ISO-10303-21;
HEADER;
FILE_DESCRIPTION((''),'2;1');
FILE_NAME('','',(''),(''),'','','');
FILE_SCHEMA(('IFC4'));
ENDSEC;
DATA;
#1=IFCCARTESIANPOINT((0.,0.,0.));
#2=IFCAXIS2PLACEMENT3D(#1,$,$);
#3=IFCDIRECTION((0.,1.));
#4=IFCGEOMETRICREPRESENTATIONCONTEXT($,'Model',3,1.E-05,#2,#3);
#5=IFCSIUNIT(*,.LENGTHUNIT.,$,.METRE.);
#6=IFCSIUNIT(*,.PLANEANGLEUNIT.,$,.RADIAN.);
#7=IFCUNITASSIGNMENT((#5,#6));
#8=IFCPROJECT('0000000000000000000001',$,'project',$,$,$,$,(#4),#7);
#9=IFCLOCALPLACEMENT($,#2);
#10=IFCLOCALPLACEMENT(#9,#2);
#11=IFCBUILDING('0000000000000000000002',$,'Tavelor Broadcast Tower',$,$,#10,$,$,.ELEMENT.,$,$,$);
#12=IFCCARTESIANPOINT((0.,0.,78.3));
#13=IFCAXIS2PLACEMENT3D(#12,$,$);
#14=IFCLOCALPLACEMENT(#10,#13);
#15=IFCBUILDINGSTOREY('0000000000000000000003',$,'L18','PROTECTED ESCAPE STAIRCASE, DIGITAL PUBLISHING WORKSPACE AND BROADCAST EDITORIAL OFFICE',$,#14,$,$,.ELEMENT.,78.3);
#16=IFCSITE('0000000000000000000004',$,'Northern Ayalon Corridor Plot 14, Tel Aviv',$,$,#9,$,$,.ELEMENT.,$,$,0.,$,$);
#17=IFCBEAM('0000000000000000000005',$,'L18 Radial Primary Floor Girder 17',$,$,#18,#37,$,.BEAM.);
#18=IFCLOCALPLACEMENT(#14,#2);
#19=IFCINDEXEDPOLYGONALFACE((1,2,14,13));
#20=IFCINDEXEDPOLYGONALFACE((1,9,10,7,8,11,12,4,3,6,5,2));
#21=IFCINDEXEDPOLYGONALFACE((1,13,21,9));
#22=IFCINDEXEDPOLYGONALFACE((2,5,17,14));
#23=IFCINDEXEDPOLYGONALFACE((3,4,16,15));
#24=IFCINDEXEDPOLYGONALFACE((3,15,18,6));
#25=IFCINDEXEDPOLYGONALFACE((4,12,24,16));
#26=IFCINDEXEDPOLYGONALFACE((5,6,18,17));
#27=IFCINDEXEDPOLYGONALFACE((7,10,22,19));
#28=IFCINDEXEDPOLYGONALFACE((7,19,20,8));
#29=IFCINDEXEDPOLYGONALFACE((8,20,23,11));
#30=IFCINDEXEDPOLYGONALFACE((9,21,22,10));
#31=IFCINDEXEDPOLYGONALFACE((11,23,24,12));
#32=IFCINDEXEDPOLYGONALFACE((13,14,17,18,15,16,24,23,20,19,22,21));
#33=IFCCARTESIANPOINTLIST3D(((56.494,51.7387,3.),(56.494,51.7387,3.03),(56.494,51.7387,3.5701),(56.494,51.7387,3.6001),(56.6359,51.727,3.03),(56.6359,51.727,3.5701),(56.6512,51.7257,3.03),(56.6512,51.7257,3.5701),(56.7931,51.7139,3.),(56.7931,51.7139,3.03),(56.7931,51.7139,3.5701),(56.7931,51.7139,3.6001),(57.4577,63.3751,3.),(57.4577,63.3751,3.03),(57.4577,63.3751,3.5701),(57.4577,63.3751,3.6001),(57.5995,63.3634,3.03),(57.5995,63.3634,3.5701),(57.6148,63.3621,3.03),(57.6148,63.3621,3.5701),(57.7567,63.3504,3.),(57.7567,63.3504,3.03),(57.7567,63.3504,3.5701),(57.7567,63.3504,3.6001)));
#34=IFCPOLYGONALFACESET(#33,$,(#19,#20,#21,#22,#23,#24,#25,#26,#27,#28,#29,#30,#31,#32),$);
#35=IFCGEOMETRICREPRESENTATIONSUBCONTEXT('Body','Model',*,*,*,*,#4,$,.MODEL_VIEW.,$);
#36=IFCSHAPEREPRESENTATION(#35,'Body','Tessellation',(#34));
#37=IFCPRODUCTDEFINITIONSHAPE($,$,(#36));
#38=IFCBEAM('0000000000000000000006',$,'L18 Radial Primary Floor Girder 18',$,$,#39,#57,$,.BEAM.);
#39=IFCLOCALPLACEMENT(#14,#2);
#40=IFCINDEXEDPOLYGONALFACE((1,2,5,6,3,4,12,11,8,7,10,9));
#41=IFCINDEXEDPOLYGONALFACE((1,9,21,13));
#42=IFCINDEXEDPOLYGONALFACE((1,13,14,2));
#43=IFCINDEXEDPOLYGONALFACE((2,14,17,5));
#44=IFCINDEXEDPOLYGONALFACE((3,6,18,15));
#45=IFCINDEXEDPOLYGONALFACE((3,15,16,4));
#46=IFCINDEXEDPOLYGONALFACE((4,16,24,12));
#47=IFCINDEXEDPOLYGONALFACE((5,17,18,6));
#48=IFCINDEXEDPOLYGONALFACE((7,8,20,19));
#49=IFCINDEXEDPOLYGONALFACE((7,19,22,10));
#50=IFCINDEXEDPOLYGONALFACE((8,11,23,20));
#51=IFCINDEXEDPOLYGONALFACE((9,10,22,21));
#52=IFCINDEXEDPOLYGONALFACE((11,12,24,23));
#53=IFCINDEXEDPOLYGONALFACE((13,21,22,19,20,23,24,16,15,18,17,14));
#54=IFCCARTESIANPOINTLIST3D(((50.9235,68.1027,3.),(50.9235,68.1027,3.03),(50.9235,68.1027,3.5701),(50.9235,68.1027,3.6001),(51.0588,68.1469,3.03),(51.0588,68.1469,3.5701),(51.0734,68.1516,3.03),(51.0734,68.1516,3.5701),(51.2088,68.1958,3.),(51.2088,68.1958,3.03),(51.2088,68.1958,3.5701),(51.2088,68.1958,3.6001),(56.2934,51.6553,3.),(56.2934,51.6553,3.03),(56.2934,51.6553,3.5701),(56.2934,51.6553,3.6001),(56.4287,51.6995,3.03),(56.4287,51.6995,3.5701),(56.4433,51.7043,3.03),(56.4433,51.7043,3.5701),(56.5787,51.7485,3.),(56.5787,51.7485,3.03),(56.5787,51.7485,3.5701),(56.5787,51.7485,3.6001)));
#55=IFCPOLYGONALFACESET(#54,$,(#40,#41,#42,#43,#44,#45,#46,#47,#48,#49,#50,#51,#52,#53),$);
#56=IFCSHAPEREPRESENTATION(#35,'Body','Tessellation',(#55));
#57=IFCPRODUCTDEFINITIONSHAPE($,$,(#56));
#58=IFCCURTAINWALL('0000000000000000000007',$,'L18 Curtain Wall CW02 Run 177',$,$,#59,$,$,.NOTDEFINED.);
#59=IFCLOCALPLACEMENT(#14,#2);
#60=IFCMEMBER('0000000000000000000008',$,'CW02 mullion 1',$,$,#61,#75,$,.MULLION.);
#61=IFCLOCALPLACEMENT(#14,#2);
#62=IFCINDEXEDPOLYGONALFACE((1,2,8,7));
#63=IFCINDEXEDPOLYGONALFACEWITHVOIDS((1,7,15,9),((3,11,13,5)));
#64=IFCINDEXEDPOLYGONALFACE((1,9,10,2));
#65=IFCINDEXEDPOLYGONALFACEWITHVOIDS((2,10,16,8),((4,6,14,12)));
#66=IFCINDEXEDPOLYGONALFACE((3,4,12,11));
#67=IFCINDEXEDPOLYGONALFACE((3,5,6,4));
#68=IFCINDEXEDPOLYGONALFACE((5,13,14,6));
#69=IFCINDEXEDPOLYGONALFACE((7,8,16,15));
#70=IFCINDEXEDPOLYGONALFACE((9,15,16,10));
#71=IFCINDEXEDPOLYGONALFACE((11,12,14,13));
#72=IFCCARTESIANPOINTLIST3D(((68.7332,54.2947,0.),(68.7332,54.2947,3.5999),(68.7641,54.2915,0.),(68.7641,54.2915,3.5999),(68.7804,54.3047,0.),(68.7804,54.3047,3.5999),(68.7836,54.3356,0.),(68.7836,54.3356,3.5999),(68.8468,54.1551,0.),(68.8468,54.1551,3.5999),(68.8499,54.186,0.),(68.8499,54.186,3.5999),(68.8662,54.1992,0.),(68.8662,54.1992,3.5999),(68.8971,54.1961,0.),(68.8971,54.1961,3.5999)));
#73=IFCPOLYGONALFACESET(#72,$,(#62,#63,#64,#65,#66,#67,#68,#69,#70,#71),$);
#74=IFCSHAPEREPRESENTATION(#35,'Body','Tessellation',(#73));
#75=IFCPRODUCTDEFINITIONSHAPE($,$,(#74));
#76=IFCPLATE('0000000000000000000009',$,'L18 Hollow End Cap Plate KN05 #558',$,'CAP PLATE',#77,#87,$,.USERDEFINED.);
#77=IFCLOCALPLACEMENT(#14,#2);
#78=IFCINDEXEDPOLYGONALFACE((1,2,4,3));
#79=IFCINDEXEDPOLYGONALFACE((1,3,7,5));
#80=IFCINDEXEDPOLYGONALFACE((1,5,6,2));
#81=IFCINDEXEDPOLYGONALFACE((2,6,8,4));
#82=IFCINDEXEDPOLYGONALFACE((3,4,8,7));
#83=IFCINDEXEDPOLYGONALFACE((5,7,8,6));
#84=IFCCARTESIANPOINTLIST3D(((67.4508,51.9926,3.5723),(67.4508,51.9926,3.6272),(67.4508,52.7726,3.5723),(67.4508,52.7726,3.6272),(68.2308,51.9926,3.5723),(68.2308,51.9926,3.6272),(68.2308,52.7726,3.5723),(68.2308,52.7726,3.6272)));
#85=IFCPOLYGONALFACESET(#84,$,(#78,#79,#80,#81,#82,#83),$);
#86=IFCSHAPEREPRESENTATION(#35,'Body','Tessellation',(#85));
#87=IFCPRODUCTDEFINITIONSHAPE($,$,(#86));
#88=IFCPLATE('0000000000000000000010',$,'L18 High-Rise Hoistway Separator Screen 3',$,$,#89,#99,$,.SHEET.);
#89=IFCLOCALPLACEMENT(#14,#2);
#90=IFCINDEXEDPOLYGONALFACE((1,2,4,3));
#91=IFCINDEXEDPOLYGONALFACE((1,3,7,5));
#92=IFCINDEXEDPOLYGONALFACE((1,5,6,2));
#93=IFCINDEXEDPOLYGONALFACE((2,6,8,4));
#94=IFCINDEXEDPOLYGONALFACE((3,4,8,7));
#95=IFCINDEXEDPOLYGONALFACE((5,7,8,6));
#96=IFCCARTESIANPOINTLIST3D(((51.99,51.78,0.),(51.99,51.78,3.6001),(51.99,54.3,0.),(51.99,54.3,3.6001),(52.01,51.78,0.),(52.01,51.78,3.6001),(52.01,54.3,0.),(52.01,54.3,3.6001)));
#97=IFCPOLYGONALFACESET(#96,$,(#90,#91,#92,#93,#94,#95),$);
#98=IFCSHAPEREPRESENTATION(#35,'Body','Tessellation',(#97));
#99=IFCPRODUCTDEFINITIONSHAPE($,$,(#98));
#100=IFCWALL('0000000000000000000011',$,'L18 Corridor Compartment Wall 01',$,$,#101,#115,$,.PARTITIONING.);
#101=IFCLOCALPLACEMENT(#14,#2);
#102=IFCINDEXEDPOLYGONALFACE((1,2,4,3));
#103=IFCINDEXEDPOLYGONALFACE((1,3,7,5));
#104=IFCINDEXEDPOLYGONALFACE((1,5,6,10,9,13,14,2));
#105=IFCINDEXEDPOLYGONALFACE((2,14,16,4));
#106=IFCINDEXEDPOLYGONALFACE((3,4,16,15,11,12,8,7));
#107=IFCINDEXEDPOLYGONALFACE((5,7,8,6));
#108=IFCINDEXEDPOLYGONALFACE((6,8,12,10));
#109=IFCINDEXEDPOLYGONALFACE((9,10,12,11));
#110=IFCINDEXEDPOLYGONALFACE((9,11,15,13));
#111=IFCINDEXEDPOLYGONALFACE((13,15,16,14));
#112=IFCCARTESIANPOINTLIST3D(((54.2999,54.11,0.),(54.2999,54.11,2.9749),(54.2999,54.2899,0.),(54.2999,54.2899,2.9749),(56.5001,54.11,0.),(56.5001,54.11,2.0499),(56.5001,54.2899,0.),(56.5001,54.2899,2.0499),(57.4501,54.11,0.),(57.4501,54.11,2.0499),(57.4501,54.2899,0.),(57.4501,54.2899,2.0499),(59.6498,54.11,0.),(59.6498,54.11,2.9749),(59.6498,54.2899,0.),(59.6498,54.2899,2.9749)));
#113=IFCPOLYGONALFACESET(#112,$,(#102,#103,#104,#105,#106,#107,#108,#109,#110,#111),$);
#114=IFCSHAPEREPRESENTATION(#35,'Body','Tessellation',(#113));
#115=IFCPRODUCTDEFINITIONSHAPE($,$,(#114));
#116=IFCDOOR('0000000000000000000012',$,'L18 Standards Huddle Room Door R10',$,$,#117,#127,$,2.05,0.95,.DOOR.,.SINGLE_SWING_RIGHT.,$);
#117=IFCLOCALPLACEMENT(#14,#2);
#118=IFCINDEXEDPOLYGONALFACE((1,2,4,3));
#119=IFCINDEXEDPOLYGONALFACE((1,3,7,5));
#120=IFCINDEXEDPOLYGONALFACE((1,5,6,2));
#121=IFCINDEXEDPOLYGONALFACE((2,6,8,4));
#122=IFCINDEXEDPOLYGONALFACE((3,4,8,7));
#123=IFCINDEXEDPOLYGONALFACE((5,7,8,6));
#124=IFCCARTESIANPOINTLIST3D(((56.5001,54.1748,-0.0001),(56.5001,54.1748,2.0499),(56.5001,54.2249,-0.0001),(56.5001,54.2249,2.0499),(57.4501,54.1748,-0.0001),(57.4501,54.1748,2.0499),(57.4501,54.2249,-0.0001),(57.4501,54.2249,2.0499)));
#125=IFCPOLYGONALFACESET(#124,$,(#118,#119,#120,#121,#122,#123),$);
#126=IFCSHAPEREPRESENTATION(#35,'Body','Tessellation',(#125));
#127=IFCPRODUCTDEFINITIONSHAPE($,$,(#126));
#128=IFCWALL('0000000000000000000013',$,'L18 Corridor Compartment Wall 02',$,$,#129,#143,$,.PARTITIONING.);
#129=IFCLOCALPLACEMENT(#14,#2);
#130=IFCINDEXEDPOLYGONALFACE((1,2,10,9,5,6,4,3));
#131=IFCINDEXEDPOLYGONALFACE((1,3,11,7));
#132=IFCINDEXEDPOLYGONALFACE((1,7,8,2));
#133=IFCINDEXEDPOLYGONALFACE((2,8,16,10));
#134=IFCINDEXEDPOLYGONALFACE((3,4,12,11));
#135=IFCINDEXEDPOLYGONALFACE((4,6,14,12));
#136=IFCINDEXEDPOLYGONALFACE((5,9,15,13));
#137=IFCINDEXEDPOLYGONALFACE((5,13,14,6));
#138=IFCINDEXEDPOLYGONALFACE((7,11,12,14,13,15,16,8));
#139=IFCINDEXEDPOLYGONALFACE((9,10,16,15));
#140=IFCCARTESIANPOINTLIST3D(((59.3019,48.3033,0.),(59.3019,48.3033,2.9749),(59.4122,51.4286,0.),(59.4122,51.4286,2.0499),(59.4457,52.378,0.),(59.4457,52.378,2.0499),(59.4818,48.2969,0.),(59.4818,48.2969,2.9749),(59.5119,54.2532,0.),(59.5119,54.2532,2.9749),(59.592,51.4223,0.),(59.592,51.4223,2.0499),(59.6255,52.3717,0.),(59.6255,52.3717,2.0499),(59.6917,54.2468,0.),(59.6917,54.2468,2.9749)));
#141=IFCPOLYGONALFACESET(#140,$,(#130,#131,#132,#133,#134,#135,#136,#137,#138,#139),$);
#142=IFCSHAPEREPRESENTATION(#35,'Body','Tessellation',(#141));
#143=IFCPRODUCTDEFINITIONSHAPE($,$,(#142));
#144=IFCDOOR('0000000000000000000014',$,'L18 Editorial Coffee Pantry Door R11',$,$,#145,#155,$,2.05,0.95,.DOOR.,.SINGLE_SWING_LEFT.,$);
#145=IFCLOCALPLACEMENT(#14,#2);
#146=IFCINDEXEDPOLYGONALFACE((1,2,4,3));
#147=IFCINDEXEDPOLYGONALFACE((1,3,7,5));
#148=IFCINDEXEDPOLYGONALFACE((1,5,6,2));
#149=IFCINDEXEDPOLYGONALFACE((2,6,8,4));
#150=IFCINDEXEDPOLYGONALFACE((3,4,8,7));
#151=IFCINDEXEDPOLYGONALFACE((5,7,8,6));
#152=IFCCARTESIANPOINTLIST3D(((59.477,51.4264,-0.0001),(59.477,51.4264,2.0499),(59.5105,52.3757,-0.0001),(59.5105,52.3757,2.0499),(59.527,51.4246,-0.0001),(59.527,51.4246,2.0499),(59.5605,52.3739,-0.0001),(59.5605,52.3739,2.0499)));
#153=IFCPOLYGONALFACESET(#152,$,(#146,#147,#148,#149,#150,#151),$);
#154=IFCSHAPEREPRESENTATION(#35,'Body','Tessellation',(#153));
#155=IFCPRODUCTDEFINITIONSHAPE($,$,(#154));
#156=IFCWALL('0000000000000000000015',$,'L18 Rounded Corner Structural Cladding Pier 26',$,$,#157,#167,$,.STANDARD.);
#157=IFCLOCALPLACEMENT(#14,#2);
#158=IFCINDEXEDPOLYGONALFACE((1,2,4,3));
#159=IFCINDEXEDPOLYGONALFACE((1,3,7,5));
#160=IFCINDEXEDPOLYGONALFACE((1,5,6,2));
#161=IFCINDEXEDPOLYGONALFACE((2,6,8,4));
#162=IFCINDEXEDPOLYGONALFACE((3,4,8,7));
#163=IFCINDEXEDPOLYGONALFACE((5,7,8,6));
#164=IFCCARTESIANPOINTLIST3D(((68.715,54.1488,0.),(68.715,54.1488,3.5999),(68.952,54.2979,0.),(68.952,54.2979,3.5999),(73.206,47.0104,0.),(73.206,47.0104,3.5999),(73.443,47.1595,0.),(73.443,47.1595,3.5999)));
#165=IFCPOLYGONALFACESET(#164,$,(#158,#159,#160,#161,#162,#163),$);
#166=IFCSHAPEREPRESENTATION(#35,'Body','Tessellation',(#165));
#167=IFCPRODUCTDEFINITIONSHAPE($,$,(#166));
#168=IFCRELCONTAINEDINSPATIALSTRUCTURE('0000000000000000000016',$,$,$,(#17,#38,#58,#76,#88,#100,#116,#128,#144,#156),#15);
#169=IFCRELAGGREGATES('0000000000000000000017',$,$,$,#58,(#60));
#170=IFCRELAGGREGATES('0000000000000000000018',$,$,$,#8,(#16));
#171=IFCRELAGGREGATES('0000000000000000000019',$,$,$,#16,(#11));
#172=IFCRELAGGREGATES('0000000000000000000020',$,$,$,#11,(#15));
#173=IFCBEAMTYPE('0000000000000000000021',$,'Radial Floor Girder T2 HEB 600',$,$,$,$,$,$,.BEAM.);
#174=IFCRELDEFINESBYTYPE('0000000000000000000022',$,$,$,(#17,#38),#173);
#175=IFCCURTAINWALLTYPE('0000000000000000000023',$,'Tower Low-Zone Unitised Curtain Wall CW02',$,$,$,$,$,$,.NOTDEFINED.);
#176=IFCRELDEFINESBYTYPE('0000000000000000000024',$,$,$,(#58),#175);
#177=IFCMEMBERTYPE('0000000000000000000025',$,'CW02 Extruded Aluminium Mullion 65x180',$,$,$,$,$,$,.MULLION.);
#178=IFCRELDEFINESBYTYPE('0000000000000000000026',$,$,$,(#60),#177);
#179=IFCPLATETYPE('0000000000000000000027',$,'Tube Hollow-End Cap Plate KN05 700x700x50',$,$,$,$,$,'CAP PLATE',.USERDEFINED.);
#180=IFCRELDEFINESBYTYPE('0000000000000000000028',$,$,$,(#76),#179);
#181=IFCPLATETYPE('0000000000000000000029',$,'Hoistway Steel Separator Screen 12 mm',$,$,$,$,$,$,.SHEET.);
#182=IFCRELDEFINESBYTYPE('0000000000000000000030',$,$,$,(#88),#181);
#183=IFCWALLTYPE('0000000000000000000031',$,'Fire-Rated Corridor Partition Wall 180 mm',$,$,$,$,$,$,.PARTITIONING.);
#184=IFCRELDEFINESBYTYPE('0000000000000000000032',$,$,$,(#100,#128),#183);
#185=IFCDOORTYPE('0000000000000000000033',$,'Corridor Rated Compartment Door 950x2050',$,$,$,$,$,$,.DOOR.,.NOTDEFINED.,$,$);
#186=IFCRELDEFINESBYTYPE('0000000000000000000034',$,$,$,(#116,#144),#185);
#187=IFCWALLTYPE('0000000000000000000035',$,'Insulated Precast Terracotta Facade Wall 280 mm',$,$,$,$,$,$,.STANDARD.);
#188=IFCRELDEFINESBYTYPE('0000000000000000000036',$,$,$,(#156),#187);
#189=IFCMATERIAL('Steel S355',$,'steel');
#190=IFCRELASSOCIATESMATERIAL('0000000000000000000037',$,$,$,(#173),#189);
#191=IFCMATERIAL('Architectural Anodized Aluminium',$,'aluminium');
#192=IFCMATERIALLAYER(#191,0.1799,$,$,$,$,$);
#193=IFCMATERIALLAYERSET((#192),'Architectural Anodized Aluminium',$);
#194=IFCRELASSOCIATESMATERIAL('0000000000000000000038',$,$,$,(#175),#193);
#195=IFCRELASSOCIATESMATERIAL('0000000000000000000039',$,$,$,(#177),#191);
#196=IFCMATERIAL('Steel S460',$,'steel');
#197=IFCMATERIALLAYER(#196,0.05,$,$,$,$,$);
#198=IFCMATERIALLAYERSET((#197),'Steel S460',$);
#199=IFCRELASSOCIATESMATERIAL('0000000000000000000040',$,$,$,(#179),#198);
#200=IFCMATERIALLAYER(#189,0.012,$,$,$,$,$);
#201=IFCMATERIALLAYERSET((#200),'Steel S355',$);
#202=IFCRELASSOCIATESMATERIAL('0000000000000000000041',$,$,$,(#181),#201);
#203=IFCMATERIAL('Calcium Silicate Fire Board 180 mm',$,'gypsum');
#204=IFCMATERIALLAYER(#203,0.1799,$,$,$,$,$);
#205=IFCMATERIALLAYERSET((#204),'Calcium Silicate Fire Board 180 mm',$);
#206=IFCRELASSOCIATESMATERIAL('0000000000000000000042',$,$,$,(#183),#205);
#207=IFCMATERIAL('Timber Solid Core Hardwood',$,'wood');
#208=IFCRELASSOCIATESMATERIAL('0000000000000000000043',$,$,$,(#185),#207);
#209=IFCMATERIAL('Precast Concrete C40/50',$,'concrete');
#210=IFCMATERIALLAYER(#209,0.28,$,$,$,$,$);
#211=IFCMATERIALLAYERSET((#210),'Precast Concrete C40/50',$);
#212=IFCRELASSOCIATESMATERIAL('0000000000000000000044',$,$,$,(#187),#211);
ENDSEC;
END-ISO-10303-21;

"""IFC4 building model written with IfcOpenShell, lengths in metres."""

from ifc_helpers import new_model, si_unit, direction, frame, frame_2d, origin, origin_2d, place, context, subcontext, project, spatial, rectangle, hollow_rectangle, i_section, extrude, source, transform, mapped, material, layer, layer_set, material_profile, profile_set, type_object, type_shapes, element, fill, aggregate, save


model = new_model("IFC4")

# Units and contexts
model_context = context("Model", 3, precision=1e-05, world=origin(), true_north=direction((0.0, 1.0)))
body_context = subcontext(model_context, "Body", "Model", "MODEL_VIEW")
ifc_project = project(units=[si_unit("LENGTHUNIT", "METRE"), si_unit("PLANEANGLEUNIT", "RADIAN")], contexts=[model_context])

# Site, building, storey
site_placement = place(None, origin())
site = spatial("IfcSite", under=ifc_project, at=site_placement, Name="Northern Ayalon Corridor Plot 14, Tel Aviv", CompositionType="ELEMENT", RefElevation=0.0)
building_placement = place(site_placement, origin())
building = spatial("IfcBuilding", under=site, at=building_placement, Name="Tavelor Broadcast Tower", CompositionType="ELEMENT")
storey_placement = place(building_placement, frame((0.0, 0.0, 78.3)))
storey = spatial("IfcBuildingStorey", under=building, at=storey_placement, Name="L18", Description="PROTECTED ESCAPE STAIRCASE, DIGITAL PUBLISHING WORKSPACE AND BROADCAST EDITORIAL OFFICE", CompositionType="ELEMENT", Elevation=78.3)

# Shared definitions
ifc_material_1 = material(Name="Steel S460", Category="steel")

# Beams
ifc_material_2 = material(Name="Steel S355", Category="steel")
ifc_material_profile_1 = material_profile(ifc_material_2, i_section(OverallWidth=0.3, OverallDepth=0.6001, WebThickness=0.0154, FlangeThickness=0.03, at=origin_2d()), Name="HEB 600")
ifc_profile_set_1 = profile_set([ifc_material_profile_1], Name="Steel S355")
beam_type_1 = type_object("IfcBeamType", Name="Radial Floor Girder T2 HEB 600", PredefinedType="BEAM", material=ifc_profile_set_1)
beam_1_placement = place(storey_placement, frame((56.6436, 51.7263, 3.3), z_axis=(0.082528, 0.996589, 0.0), x_axis=(-0.996589, 0.082528, 0.0)))
element("IfcBeam", 1, at=beam_1_placement, inside=storey, type_object=beam_type_1, Name="L18 Radial Primary Floor Girder 17", PredefinedType="BEAM", context=body_context, shape_type="SweptSolid", body=[
    extrude(i_section(OverallWidth=0.3, OverallDepth=0.6001, WebThickness=0.0154, FlangeThickness=0.03, at=origin_2d()), origin(), (0.0, 0.0, 1.0), 11.6763),
])
beam_2_placement = place(storey_placement, frame((56.436, 51.7019, 3.3), z_axis=(-0.310367, 0.950617, 0.0), x_axis=(-0.950617, -0.310367, 0.0)))
element("IfcBeam", 2, at=beam_2_placement, inside=storey, type_object=beam_type_1, Name="L18 Radial Primary Floor Girder 18", PredefinedType="BEAM", context=body_context, shape_type="SweptSolid", body=[
    extrude(i_section(OverallWidth=0.3, OverallDepth=0.6001, WebThickness=0.0154, FlangeThickness=0.03, at=origin_2d()), origin(), (0.0, 0.0, 1.0), 17.3018),
])

# Curtain wall, member
ifc_material_3 = material(Name="Architectural Anodized Aluminium", Category="aluminium")
ifc_layer_1 = layer(ifc_material_3, 0.1799)
ifc_layer_set_1 = layer_set([ifc_layer_1], Name="Architectural Anodized Aluminium")
curtain_wall_type = type_object("IfcCurtainWallType", Name="Tower Low-Zone Unitised Curtain Wall CW02", PredefinedType="NOTDEFINED", material=ifc_layer_set_1)
curtain_wall_placement = place(storey_placement, origin())
curtain_wall = element("IfcCurtainWall", 3, at=curtain_wall_placement, inside=storey, type_object=curtain_wall_type, Name="L18 Curtain Wall CW02 Run 177", PredefinedType="NOTDEFINED")
ifc_material_profile_2 = material_profile(ifc_material_3, hollow_rectangle(XDim=0.0649, YDim=0.1799, WallThickness=0.022, at=origin_2d()), Name="RHS 65x180x22")
ifc_profile_set_2 = profile_set([ifc_material_profile_2], Name="Architectural Anodized Aluminium")
member_type = type_object("IfcMemberType", Name="CW02 Extruded Aluminium Mullion 65x180", PredefinedType="MULLION", material=ifc_profile_set_2)
shared_shape_1 = source(origin(), body_context, "Body", "SweptSolid", [
    extrude(hollow_rectangle(XDim=0.0649, YDim=0.1799, WallThickness=0.022, at=origin_2d()), origin(), (0.0, 0.0, 1.0), 3.5999),
])
type_shapes(member_type, [shared_shape_1])
member_placement = place(storey_placement, frame((68.8152, 54.2454, 0.0), z_axis=(0.0, 0.0, 1.0), x_axis=(-0.775765, -0.631022, 0.0)))
member = element("IfcMember", 4, at=member_placement, type_object=member_type, Name="CW02 mullion 1", PredefinedType="MULLION", context=body_context, shape_type="MappedRepresentation", body=[
    mapped(shared_shape_1, transform((0.0, 0.0, 0.0), scale=1.0)),
])
aggregate(curtain_wall, [member])

# Plates
ifc_layer_2 = layer(ifc_material_1, 0.05)
ifc_layer_set_2 = layer_set([ifc_layer_2], Name="Steel S460")
plate_type_1 = type_object("IfcPlateType", Name="Tube Hollow-End Cap Plate KN05 700x700x50", ElementType="CAP PLATE", PredefinedType="USERDEFINED", material=ifc_layer_set_2)
shared_shape_2 = source(origin(), body_context, "Body", "SweptSolid", [
    extrude(rectangle(XDim=0.78, YDim=0.78, at=origin_2d()), origin(), (0.0, 0.0, 1.0), 0.0549),
])
type_shapes(plate_type_1, [shared_shape_2])
plate_1_placement = place(storey_placement, frame((67.8408, 52.3826, 3.5723), z_axis=(0.0, 0.0, 1.0), x_axis=(1.0, 0.0, 0.0)))
element("IfcPlate", 5, at=plate_1_placement, inside=storey, type_object=plate_type_1, Name="L18 Hollow End Cap Plate KN05 #558", ObjectType="CAP PLATE", PredefinedType="USERDEFINED", context=body_context, shape_type="MappedRepresentation", body=[
    mapped(shared_shape_2, transform((0.0, 0.0, 0.0), scale=1.0)),
])
ifc_layer_3 = layer(ifc_material_2, 0.012)
ifc_layer_set_3 = layer_set([ifc_layer_3], Name="Steel S355")
plate_type_2 = type_object("IfcPlateType", Name="Hoistway Steel Separator Screen 12 mm", PredefinedType="SHEET", material=ifc_layer_set_3)
shared_shape_3 = source(origin(), body_context, "Body", "SweptSolid", [
    extrude(rectangle(XDim=0.02, YDim=2.52, at=origin_2d()), origin(), (0.0, 0.0, 1.0), 3.6001),
])
type_shapes(plate_type_2, [shared_shape_3])
plate_2_placement = place(storey_placement, frame((52.0, 53.04, 0.0), z_axis=(0.0, 0.0, 1.0), x_axis=(1.0, 0.0, 0.0)))
element("IfcPlate", 6, at=plate_2_placement, inside=storey, type_object=plate_type_2, Name="L18 High-Rise Hoistway Separator Screen 3", PredefinedType="SHEET", context=body_context, shape_type="MappedRepresentation", body=[
    mapped(shared_shape_3, transform((0.0, 0.0, 0.0), scale=1.0)),
])

# Walls, openings, doors
ifc_material_4 = material(Name="Calcium Silicate Fire Board 180 mm", Category="gypsum")
ifc_layer_4 = layer(ifc_material_4, 0.1799)
ifc_layer_set_4 = layer_set([ifc_layer_4], Name="Calcium Silicate Fire Board 180 mm")
wall_type_1 = type_object("IfcWallType", Name="Fire-Rated Corridor Partition Wall 180 mm", PredefinedType="PARTITIONING", material=ifc_layer_set_4)
wall_1_placement = place(storey_placement, frame((54.3, 54.2, 0.0), z_axis=(0.0, 0.0, 1.0), x_axis=(1.0, 0.0, 0.0)))
wall_1 = element("IfcWall", 7, at=wall_1_placement, inside=storey, type_object=wall_type_1, Name="L18 Corridor Compartment Wall 01", PredefinedType="PARTITIONING", context=body_context, shape_type="SweptSolid", body=[
    extrude(rectangle(XDim=5.3499, YDim=0.1799, at=frame_2d((2.6748, 0.0))), origin(), (0.0, 0.0, 1.0), 2.9749),
])
opening_1_placement = place(wall_1_placement, frame((2.2, 0.0, 0.0)))
opening_1 = element("IfcOpeningElement", 8, at=opening_1_placement, cuts=wall_1, PredefinedType="OPENING", context=body_context, shape_type="SweptSolid", body=[
    extrude(rectangle(XDim=0.95, YDim=2.05, at=frame_2d((0.4751, 1.0249))), frame((0.0, 0.1001, 0.0), z_axis=(0.0, -1.0, 0.0), x_axis=(1.0, 0.0, 0.0)), (0.0, 0.0, 1.0), 0.2),
])
ifc_material_5 = material(Name="Timber Solid Core Hardwood", Category="wood")
door_type = type_object("IfcDoorType", Name="Corridor Rated Compartment Door 950x2050", OperationType="NOTDEFINED", PredefinedType="DOOR", material=ifc_material_5)
door_1_placement = place(opening_1_placement, origin())
door_1 = element("IfcDoor", 9, at=door_1_placement, inside=storey, type_object=door_type, Name="L18 Standards Huddle Room Door R10", OperationType="SINGLE_SWING_RIGHT", OverallHeight=2.05, OverallWidth=0.95, PredefinedType="DOOR", context=body_context, shape_type="SweptSolid", body=[
    extrude(rectangle(XDim=0.95, YDim=2.05, at=frame_2d((0.4751, 1.0249))), frame((0.0, 0.0249, 0.0), z_axis=(0.0, -1.0, 0.0), x_axis=(1.0, 0.0, 0.0)), (0.0, 0.0, 1.0), 0.05),
])
fill(opening_1, door_1)
wall_2_placement = place(storey_placement, frame((59.6018, 54.25, 0.0), z_axis=(0.0, 0.0, 1.0), x_axis=(-0.035266, -0.999378, 0.0)))
wall_2 = element("IfcWall", 10, at=wall_2_placement, inside=storey, type_object=wall_type_1, Name="L18 Corridor Compartment Wall 02", PredefinedType="PARTITIONING", context=body_context, shape_type="SweptSolid", body=[
    extrude(rectangle(XDim=5.9536, YDim=0.1799, at=frame_2d((2.9768, 0.0))), origin(), (0.0, 0.0, 1.0), 2.9749),
])
opening_2_placement = place(wall_2_placement, frame((1.8762, 0.0, 0.0)))
opening_2 = element("IfcOpeningElement", 11, at=opening_2_placement, cuts=wall_2, PredefinedType="OPENING", context=body_context, shape_type="SweptSolid", body=[
    extrude(rectangle(XDim=0.95, YDim=2.05, at=frame_2d((0.4751, 1.0249))), frame((0.0, 0.1001, 0.0), z_axis=(0.0, -1.0, 0.0), x_axis=(1.0, 0.0, 0.0)), (0.0, 0.0, 1.0), 0.2),
])
door_2_placement = place(opening_2_placement, origin())
door_2 = element("IfcDoor", 12, at=door_2_placement, inside=storey, type_object=door_type, Name="L18 Editorial Coffee Pantry Door R11", OperationType="SINGLE_SWING_LEFT", OverallHeight=2.05, OverallWidth=0.95, PredefinedType="DOOR", context=body_context, shape_type="SweptSolid", body=[
    extrude(rectangle(XDim=0.95, YDim=2.05, at=frame_2d((0.4751, 1.0249))), frame((0.0, 0.0249, 0.0), z_axis=(0.0, -1.0, 0.0), x_axis=(1.0, 0.0, 0.0)), (0.0, 0.0, 1.0), 0.05),
])
fill(opening_2, door_2)

# Wall
ifc_material_6 = material(Name="Precast Concrete C40/50", Category="concrete")
ifc_layer_5 = layer(ifc_material_6, 0.28)
ifc_layer_set_5 = layer_set([ifc_layer_5], Name="Precast Concrete C40/50")
wall_type_2 = type_object("IfcWallType", Name="Insulated Precast Terracotta Facade Wall 280 mm", PredefinedType="STANDARD", material=ifc_layer_set_5)
wall_3_placement = place(storey_placement, frame((73.3245, 47.085, 0.0), z_axis=(0.0, 0.0, 1.0), x_axis=(-0.532508, 0.846425, 0.0)))
element("IfcWall", 13, at=wall_3_placement, inside=storey, type_object=wall_type_2, Name="L18 Rounded Corner Structural Cladding Pier 26", PredefinedType="STANDARD", context=body_context, shape_type="SweptSolid", body=[
    extrude(rectangle(XDim=8.4336, YDim=0.28, at=frame_2d((4.2168, 0.0))), origin(), (0.0, 0.0, 1.0), 3.5999),
])

save(model, "model.ifc")
